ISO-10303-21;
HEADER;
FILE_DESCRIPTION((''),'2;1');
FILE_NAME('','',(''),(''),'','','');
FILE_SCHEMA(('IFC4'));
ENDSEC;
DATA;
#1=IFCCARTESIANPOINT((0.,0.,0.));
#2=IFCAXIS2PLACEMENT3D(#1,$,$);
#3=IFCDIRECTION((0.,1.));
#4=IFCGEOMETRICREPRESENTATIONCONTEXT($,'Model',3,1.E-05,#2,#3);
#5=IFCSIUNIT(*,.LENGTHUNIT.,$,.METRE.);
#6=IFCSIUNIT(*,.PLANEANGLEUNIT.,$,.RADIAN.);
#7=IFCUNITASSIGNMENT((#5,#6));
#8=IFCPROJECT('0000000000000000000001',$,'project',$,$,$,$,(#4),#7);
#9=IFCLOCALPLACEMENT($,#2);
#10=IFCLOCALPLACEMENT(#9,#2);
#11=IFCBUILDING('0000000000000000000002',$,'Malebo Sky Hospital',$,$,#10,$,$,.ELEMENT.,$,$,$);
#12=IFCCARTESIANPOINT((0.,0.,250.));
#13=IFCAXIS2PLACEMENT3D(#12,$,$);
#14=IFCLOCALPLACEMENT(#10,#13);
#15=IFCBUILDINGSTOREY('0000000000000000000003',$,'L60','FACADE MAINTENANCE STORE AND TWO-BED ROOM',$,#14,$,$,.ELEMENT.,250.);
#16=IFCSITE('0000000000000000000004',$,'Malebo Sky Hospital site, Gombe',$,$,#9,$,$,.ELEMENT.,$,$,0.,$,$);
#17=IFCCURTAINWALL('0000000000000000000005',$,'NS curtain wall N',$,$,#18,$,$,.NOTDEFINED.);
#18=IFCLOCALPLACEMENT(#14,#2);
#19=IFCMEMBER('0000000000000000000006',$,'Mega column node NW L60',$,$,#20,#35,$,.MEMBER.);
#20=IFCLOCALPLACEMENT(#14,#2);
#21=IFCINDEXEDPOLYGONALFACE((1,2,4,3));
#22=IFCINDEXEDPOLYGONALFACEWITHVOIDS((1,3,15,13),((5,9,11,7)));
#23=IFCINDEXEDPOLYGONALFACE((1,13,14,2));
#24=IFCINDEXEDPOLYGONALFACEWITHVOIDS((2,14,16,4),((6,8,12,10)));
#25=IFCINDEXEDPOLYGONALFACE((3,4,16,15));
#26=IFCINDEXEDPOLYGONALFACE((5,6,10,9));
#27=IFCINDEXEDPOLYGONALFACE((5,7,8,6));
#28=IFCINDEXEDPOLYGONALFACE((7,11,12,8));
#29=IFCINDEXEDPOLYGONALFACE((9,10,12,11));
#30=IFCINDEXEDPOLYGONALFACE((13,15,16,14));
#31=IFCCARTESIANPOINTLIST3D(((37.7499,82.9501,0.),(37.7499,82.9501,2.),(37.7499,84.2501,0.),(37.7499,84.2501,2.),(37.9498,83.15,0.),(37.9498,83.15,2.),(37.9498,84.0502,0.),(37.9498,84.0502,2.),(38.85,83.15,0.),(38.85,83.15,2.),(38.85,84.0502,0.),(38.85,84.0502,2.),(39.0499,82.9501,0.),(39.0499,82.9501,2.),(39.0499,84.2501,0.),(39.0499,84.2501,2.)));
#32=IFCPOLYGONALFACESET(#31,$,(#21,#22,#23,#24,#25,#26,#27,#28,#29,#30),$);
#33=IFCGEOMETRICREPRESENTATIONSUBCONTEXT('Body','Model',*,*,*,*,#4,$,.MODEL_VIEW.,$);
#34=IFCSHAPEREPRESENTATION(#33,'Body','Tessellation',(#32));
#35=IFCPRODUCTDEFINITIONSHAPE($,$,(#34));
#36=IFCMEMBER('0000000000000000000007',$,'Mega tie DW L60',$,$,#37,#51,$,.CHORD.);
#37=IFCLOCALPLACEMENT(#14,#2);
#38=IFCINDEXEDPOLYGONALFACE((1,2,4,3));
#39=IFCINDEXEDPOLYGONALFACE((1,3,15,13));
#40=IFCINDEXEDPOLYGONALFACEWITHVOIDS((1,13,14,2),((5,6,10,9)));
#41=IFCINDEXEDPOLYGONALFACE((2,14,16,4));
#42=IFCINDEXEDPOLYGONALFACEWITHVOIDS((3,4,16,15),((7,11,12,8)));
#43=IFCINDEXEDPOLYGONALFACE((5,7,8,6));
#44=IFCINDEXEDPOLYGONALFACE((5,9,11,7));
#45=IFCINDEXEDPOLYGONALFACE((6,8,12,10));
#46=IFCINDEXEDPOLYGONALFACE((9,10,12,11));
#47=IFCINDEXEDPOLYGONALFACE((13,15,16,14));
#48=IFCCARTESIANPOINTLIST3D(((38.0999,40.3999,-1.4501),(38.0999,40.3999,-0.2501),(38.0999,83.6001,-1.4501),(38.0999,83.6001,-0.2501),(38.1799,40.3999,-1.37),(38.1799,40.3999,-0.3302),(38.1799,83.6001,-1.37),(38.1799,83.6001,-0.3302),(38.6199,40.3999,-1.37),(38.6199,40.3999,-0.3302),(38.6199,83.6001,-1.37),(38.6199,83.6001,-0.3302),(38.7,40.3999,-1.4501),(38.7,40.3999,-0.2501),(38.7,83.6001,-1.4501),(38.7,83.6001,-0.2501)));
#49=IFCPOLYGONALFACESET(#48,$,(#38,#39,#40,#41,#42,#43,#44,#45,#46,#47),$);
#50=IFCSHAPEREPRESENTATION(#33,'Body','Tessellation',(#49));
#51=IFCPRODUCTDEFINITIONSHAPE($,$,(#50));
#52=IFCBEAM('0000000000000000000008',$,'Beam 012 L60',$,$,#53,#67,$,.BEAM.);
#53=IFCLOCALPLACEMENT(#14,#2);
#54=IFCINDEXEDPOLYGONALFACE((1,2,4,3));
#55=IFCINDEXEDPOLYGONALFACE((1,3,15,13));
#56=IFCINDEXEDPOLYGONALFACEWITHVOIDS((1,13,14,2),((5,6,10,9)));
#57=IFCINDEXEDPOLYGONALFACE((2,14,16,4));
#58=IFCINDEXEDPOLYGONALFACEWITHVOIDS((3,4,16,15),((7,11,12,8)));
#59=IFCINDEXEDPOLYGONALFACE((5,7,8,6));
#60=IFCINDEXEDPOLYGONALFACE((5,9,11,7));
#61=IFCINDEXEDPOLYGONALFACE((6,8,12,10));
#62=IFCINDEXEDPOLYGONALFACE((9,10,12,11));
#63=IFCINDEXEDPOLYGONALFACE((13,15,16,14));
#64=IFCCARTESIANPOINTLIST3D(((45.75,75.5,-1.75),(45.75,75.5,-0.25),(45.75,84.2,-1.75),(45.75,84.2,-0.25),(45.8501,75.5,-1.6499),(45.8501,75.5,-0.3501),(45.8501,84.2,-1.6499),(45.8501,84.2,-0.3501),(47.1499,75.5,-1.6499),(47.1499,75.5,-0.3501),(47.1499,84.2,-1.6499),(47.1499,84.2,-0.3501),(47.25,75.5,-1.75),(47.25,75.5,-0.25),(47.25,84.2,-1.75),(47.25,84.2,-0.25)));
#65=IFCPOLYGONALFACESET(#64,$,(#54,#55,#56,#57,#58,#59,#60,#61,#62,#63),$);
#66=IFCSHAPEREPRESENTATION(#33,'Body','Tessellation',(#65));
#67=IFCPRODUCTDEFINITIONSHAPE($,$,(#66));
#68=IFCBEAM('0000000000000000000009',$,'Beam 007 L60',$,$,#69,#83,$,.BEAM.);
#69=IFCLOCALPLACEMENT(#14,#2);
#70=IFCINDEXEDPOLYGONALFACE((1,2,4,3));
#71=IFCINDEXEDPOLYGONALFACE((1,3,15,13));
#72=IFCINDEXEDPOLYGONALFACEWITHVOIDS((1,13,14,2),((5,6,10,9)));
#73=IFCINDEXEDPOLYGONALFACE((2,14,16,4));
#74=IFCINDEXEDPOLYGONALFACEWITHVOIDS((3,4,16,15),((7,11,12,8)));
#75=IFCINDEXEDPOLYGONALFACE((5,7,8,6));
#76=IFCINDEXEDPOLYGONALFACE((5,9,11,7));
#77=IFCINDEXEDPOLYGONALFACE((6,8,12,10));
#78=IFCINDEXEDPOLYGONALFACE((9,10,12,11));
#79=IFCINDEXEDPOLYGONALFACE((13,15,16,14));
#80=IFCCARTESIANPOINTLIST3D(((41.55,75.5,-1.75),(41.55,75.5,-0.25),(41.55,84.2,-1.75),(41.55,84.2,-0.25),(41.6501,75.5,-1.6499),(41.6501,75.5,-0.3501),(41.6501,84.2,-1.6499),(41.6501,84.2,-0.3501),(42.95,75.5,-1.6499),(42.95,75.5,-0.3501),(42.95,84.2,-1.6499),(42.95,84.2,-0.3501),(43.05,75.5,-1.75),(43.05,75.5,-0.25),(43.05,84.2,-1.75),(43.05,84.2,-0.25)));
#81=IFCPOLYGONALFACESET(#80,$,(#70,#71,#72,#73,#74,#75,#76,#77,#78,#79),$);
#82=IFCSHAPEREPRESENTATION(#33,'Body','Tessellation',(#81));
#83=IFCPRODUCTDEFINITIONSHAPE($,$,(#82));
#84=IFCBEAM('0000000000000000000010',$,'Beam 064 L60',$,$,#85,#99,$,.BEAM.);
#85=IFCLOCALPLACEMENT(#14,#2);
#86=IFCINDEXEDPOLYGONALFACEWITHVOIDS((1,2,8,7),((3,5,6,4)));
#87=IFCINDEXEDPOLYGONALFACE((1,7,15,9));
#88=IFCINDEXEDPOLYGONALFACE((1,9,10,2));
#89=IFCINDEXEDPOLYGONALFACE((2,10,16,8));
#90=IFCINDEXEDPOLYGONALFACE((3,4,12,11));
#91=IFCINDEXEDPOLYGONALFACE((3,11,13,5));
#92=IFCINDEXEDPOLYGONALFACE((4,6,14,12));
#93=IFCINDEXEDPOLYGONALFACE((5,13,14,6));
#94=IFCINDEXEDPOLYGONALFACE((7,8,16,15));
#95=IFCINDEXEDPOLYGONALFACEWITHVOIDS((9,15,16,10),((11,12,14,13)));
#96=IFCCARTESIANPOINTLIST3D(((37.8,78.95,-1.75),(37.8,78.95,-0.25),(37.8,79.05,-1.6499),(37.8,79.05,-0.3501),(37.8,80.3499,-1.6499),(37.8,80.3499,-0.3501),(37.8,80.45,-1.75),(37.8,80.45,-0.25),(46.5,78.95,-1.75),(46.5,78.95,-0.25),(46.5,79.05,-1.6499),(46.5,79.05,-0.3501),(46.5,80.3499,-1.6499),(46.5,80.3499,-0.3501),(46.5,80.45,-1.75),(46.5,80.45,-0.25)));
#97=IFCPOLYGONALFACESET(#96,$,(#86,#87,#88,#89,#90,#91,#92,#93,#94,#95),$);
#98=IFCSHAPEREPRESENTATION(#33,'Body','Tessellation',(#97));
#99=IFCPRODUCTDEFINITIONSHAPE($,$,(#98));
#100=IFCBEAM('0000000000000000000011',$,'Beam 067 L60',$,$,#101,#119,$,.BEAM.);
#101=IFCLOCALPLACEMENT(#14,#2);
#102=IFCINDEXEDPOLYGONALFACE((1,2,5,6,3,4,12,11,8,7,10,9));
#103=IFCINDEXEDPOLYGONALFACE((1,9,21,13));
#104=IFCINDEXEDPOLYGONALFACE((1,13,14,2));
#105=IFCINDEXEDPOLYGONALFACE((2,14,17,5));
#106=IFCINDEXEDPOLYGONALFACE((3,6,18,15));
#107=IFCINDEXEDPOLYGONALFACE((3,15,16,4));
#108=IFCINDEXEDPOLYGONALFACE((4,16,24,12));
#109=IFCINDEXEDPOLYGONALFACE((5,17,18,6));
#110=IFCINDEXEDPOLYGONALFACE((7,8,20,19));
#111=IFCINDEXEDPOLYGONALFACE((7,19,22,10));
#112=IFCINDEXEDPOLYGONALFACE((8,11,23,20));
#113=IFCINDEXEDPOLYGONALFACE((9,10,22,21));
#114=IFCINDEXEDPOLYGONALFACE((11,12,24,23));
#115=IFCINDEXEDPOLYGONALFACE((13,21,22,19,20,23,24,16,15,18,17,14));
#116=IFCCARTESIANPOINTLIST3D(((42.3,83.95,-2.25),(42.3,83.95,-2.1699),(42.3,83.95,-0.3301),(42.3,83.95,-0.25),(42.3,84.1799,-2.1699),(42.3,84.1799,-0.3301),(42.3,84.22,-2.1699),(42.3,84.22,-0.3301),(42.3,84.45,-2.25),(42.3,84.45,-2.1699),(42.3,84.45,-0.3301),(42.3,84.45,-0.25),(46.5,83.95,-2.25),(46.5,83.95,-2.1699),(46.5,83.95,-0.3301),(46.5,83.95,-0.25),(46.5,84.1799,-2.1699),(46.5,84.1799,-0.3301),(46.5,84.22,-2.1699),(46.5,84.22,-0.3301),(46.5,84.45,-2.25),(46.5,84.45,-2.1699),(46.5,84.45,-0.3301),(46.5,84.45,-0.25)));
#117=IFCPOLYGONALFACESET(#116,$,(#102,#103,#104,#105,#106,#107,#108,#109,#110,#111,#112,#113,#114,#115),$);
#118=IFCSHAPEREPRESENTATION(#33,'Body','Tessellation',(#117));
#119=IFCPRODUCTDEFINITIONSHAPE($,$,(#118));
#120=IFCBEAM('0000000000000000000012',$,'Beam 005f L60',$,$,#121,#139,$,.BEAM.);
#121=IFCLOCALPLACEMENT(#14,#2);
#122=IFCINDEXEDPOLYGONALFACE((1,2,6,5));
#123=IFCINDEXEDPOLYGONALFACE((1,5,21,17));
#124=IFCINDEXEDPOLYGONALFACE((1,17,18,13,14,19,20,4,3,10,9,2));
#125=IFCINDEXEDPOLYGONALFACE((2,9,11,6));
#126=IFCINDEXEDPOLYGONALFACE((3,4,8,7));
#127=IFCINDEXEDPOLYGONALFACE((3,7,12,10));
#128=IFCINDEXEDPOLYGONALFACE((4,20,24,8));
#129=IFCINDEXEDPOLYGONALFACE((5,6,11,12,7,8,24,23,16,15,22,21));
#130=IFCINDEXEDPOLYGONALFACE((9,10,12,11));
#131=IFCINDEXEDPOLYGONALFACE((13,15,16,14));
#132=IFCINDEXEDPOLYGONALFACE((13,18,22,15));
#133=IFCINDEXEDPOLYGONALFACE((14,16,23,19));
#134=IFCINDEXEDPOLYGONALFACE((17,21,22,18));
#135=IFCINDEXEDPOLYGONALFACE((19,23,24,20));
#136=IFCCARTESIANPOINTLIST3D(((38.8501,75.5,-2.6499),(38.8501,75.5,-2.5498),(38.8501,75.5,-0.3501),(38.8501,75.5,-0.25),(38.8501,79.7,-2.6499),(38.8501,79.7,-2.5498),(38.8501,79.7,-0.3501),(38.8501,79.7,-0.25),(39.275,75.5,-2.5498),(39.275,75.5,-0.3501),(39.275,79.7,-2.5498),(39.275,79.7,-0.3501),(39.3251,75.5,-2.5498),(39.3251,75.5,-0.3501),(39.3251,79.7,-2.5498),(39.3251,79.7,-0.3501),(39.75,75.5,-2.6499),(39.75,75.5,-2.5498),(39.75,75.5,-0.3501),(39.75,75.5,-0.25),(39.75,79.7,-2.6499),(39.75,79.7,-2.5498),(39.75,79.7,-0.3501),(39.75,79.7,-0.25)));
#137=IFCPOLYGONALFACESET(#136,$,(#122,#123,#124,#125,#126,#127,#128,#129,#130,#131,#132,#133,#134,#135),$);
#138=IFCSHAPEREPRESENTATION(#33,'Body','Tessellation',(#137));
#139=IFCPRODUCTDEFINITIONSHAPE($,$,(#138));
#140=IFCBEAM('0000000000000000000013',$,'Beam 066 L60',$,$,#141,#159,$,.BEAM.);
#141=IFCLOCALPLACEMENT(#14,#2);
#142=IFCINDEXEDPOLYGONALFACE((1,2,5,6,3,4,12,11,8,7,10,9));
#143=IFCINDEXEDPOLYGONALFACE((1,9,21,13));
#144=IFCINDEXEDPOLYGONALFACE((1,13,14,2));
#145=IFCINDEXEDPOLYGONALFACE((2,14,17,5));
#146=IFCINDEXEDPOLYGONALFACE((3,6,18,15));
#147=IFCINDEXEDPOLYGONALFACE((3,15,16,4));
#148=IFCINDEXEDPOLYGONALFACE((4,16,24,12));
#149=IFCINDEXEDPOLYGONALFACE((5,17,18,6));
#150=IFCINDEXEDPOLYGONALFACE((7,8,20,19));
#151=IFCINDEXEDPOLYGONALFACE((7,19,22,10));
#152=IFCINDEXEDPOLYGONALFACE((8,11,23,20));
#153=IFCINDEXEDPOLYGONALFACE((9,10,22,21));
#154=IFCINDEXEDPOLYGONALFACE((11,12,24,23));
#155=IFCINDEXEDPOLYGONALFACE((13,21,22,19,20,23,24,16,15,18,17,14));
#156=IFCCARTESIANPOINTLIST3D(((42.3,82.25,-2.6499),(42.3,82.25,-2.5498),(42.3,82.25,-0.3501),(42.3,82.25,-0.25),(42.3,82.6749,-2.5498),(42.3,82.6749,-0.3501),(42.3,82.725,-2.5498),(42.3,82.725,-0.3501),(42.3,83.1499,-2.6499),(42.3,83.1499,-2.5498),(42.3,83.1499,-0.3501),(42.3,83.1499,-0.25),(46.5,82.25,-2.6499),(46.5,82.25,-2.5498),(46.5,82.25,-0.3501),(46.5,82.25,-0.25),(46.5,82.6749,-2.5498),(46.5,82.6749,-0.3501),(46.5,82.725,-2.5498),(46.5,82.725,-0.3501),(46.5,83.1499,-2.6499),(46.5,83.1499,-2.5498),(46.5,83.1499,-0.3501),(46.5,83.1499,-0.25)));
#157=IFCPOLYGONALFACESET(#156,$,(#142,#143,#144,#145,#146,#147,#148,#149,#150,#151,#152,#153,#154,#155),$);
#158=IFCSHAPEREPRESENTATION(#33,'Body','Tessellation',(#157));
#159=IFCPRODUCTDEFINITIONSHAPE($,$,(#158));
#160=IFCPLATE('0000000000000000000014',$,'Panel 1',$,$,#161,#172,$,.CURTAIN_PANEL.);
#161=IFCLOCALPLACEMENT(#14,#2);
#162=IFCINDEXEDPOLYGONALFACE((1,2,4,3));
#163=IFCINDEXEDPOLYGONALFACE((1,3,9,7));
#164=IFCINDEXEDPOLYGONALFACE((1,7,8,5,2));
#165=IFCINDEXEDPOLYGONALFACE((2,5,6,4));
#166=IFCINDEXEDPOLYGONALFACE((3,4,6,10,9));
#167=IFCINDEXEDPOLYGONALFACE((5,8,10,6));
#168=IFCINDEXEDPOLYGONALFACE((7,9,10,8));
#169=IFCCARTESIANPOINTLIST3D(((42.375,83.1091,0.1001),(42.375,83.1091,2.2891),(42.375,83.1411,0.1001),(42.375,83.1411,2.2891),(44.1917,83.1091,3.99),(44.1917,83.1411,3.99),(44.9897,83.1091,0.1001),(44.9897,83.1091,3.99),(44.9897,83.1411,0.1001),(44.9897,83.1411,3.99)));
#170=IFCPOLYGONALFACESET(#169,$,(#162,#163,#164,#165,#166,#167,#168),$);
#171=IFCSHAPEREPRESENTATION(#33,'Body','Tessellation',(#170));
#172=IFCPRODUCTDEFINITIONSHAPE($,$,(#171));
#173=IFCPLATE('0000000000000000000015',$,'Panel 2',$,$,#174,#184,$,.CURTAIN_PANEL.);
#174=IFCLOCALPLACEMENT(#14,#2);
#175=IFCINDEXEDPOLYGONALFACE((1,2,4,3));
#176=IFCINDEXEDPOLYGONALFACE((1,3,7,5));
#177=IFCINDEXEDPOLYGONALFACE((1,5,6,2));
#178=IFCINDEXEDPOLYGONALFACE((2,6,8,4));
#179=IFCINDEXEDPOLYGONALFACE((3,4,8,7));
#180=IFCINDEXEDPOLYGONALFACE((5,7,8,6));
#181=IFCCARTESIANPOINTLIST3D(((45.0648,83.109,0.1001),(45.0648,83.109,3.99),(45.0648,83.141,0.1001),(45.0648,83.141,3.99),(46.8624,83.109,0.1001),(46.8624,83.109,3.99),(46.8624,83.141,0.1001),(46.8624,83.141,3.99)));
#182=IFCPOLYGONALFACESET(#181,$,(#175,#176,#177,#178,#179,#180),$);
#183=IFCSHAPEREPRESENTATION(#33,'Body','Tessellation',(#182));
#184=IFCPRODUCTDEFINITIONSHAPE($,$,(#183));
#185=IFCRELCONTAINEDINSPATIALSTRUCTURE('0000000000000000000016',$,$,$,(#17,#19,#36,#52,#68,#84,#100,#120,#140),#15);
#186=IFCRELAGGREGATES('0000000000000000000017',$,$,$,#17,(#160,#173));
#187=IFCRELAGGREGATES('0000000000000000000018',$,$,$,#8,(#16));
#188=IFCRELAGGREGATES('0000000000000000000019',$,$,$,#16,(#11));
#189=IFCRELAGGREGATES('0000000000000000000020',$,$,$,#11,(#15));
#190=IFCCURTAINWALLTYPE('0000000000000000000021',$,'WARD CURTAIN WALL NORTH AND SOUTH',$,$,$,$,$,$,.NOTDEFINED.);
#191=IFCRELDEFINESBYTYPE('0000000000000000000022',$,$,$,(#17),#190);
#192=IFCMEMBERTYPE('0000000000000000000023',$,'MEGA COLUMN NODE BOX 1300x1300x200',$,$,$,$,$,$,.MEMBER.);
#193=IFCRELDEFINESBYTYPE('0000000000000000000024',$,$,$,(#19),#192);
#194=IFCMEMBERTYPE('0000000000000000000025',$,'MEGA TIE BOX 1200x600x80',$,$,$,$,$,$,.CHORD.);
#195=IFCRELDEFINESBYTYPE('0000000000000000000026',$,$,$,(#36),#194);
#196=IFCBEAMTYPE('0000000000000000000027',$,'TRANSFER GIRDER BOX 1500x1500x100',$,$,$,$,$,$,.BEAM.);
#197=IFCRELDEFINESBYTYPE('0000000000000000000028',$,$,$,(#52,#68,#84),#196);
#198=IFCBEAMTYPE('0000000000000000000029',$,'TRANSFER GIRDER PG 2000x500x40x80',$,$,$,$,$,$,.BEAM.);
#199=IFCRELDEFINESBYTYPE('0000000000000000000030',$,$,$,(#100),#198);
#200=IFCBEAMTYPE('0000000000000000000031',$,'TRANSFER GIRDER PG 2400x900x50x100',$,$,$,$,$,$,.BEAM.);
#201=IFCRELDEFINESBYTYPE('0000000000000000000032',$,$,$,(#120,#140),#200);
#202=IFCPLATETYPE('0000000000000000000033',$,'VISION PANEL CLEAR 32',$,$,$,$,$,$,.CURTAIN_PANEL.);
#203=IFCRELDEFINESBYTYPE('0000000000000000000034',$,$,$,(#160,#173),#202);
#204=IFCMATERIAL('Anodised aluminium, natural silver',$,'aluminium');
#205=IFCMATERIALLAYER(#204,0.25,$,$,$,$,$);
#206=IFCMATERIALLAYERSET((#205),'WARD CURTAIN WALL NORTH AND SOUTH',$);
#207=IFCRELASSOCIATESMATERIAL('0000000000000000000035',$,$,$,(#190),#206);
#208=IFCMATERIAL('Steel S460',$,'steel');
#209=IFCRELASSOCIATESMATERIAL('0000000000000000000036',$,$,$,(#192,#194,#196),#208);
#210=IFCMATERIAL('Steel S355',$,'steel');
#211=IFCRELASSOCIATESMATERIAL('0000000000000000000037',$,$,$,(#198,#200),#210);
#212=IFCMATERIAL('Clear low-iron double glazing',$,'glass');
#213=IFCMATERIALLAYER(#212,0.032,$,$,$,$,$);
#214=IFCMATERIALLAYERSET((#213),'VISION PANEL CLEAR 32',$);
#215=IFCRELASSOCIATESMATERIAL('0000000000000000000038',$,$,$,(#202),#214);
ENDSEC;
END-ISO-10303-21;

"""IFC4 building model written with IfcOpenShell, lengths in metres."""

from ifc_helpers import new_model, si_unit, direction, frame, origin, origin_2d, place, context, subcontext, project, spatial, polyline, rectangle, hollow_rectangle, i_section, outline, extrude, material, layer, layer_set, material_profile, profile_set, type_object, element, aggregate, save


model = new_model("IFC4")

# Units and contexts
model_context = context("Model", 3, precision=1e-05, world=origin(), true_north=direction((0.0, 1.0)))
body_context = subcontext(model_context, "Body", "Model", "MODEL_VIEW")
ifc_project = project(units=[si_unit("LENGTHUNIT", "METRE"), si_unit("PLANEANGLEUNIT", "RADIAN")], contexts=[model_context])

# Site, building, storey
site_placement = place(None, origin())
site = spatial("IfcSite", under=ifc_project, at=site_placement, Name="Malebo Sky Hospital site, Gombe", CompositionType="ELEMENT", RefElevation=0.0)
building_placement = place(site_placement, origin())
building = spatial("IfcBuilding", under=site, at=building_placement, Name="Malebo Sky Hospital", CompositionType="ELEMENT")
storey_placement = place(building_placement, frame((0.0, 0.0, 250.0)))
storey = spatial("IfcBuildingStorey", under=building, at=storey_placement, Name="L60", Description="FACADE MAINTENANCE STORE AND TWO-BED ROOM", CompositionType="ELEMENT", Elevation=250.0)

# Shared definitions
ifc_material_1 = material(Name="Steel S460", Category="steel")

# Curtain wall
ifc_material_2 = material(Name="Anodised aluminium, natural silver", Category="aluminium")
ifc_layer_1 = layer(ifc_material_2, 0.25)
ifc_layer_set_1 = layer_set([ifc_layer_1], Name="WARD CURTAIN WALL NORTH AND SOUTH")
curtain_wall_type_1 = type_object("IfcCurtainWallType", Name="WARD CURTAIN WALL NORTH AND SOUTH", PredefinedType="NOTDEFINED", material=ifc_layer_set_1)
curtain_wall_1_placement = place(storey_placement, origin())
curtain_wall_1 = element("IfcCurtainWall", 1, at=curtain_wall_1_placement, inside=storey, type_object=curtain_wall_type_1, Name="NS curtain wall N", PredefinedType="NOTDEFINED")

# Members
ifc_material_profile_1 = material_profile(ifc_material_1, hollow_rectangle(XDim=1.3, YDim=1.3, WallThickness=0.2, at=origin_2d()), Name="BOX 1300x1300x200")
ifc_profile_set_1 = profile_set([ifc_material_profile_1], Name="Steel S460")
member_type_1 = type_object("IfcMemberType", Name="MEGA COLUMN NODE BOX 1300x1300x200", PredefinedType="MEMBER", material=ifc_profile_set_1)
member_1_placement = place(storey_placement, frame((38.3999, 83.6001, 0.0), z_axis=(0.0, 0.0, 1.0), x_axis=(1.0, 0.0, 0.0)))
element("IfcMember", 2, at=member_1_placement, inside=storey, type_object=member_type_1, Name="Mega column node NW L60", PredefinedType="MEMBER", context=body_context, shape_type="SweptSolid", body=[
    extrude(hollow_rectangle(XDim=1.3, YDim=1.3, WallThickness=0.2, at=origin_2d()), origin(), (0.0, 0.0, 1.0), 2.0),
])
ifc_material_profile_2 = material_profile(ifc_material_1, hollow_rectangle(XDim=0.6001, YDim=1.2, WallThickness=0.0801, at=origin_2d()), Name="BOX 1200x600x80")
ifc_profile_set_2 = profile_set([ifc_material_profile_2], Name="Steel S460")
member_type_2 = type_object("IfcMemberType", Name="MEGA TIE BOX 1200x600x80", PredefinedType="CHORD", material=ifc_profile_set_2)
member_2_placement = place(storey_placement, frame((38.3999, 83.6001, -0.8501), z_axis=(0.0, -1.0, 0.0), x_axis=(1.0, 0.0, 0.0)))
element("IfcMember", 3, at=member_2_placement, inside=storey, type_object=member_type_2, Name="Mega tie DW L60", PredefinedType="CHORD", context=body_context, shape_type="SweptSolid", body=[
    extrude(hollow_rectangle(XDim=0.6001, YDim=1.2, WallThickness=0.0801, at=origin_2d()), origin(), (0.0, 0.0, 1.0), 43.2002),
])

# Beams
ifc_material_profile_3 = material_profile(ifc_material_1, hollow_rectangle(XDim=1.5, YDim=1.5, WallThickness=0.1001, at=origin_2d()), Name="BOX 1500x1500x100")
ifc_profile_set_3 = profile_set([ifc_material_profile_3], Name="Steel S460")
beam_type_1 = type_object("IfcBeamType", Name="TRANSFER GIRDER BOX 1500x1500x100", PredefinedType="BEAM", material=ifc_profile_set_3)
for number, where, z_axis, x_axis, name in (
    (4, (46.5, 75.5, -1.0), (0.0, 1.0, 0.0), (-1.0, 0.0, 0.0), "Beam 012 L60"),
    (5, (42.3, 75.5, -1.0), (0.0, 1.0, 0.0), (-1.0, 0.0, 0.0), "Beam 007 L60"),
    (6, (37.8, 79.7, -1.0), (1.0, 0.0, 0.0), (0.0, 1.0, 0.0), "Beam 064 L60"),
):
    element("IfcBeam", number, at=place(storey_placement, frame(where, z_axis=z_axis, x_axis=x_axis)), inside=storey, type_object=beam_type_1, Name=name, PredefinedType="BEAM", context=body_context, shape_type="SweptSolid", body=[
        extrude(hollow_rectangle(XDim=1.5, YDim=1.5, WallThickness=0.1001, at=origin_2d()), origin(), (0.0, 0.0, 1.0), 8.7),
    ])
ifc_material_3 = material(Name="Steel S355", Category="steel")
ifc_material_profile_4 = material_profile(ifc_material_3, i_section(OverallWidth=0.5, OverallDepth=2.0, WebThickness=0.04, FlangeThickness=0.0801, at=origin_2d()), Name="PG 2000x500x40x80")
ifc_profile_set_4 = profile_set([ifc_material_profile_4], Name="Steel S355")
beam_type_2 = type_object("IfcBeamType", Name="TRANSFER GIRDER PG 2000x500x40x80", PredefinedType="BEAM", material=ifc_profile_set_4)
beam_placement = place(storey_placement, frame((42.3, 84.2, -1.25), z_axis=(1.0, 0.0, 0.0), x_axis=(0.0, 1.0, 0.0)))
element("IfcBeam", 7, at=beam_placement, inside=storey, type_object=beam_type_2, Name="Beam 067 L60", PredefinedType="BEAM", context=body_context, shape_type="SweptSolid", body=[
    extrude(i_section(OverallWidth=0.5, OverallDepth=2.0, WebThickness=0.04, FlangeThickness=0.0801, at=origin_2d()), origin(), (0.0, 0.0, 1.0), 4.2),
])
ifc_material_profile_5 = material_profile(ifc_material_3, i_section(OverallWidth=0.8999, OverallDepth=2.3999, WebThickness=0.05, FlangeThickness=0.1001, at=origin_2d()), Name="PG 2400x900x50x100")
ifc_profile_set_5 = profile_set([ifc_material_profile_5], Name="Steel S355")
beam_type_3 = type_object("IfcBeamType", Name="TRANSFER GIRDER PG 2400x900x50x100", PredefinedType="BEAM", material=ifc_profile_set_5)
for number, where, z_axis, x_axis, name in (
    (8, (39.3, 75.5, -1.45), (0.0, 1.0, 0.0), (-1.0, 0.0, 0.0), "Beam 005f L60"),
    (9, (42.3, 82.7, -1.45), (1.0, 0.0, 0.0), (0.0, 1.0, 0.0), "Beam 066 L60"),
):
    element("IfcBeam", number, at=place(storey_placement, frame(where, z_axis=z_axis, x_axis=x_axis)), inside=storey, type_object=beam_type_3, Name=name, PredefinedType="BEAM", context=body_context, shape_type="SweptSolid", body=[
        extrude(i_section(OverallWidth=0.8999, OverallDepth=2.3999, WebThickness=0.05, FlangeThickness=0.1001, at=origin_2d()), origin(), (0.0, 0.0, 1.0), 4.2),
    ])

# Plates
ifc_material_4 = material(Name="Clear low-iron double glazing", Category="glass")
ifc_layer_2 = layer(ifc_material_4, 0.032)
ifc_layer_set_2 = layer_set([ifc_layer_2], Name="VISION PANEL CLEAR 32")
plate_type = type_object("IfcPlateType", Name="VISION PANEL CLEAR 32", PredefinedType="CURTAIN_PANEL", material=ifc_layer_set_2)
plate_1_placement = place(storey_placement, frame((43.6824, 83.125, 0.1001), z_axis=(0.0, 0.0, 1.0), x_axis=(1.0, 0.0, 0.0)))
plate_1 = element("IfcPlate", 10, at=plate_1_placement, type_object=plate_type, Name="Panel 1", PredefinedType="CURTAIN_PANEL", context=body_context, shape_type="SweptSolid", body=[
    extrude(outline(polyline([(-1.3074, 0.0), (1.3074, 0.0), (1.3074, 3.8899), (0.5093, 3.8899), (-1.3074, 2.189), (-1.3074, 0.0)])), frame((0.0, 0.0161, 0.0), z_axis=(0.0, -1.0, 0.0), x_axis=(1.0, 0.0, 0.0)), (0.0, 0.0, 1.0), 0.032),
])
plate_2_placement = place(storey_placement, frame((45.9636, 83.125, 0.1001), z_axis=(0.0, 0.0, 1.0), x_axis=(1.0, 0.0, 0.0)))
plate_2 = element("IfcPlate", 11, at=plate_2_placement, type_object=plate_type, Name="Panel 2", PredefinedType="CURTAIN_PANEL", context=body_context, shape_type="SweptSolid", body=[
    extrude(rectangle(XDim=1.7976, YDim=0.032, at=origin_2d()), origin(), (0.0, 0.0, 1.0), 3.8899),
])
aggregate(curtain_wall_1, [plate_1, plate_2])

save(model, "model.ifc")
